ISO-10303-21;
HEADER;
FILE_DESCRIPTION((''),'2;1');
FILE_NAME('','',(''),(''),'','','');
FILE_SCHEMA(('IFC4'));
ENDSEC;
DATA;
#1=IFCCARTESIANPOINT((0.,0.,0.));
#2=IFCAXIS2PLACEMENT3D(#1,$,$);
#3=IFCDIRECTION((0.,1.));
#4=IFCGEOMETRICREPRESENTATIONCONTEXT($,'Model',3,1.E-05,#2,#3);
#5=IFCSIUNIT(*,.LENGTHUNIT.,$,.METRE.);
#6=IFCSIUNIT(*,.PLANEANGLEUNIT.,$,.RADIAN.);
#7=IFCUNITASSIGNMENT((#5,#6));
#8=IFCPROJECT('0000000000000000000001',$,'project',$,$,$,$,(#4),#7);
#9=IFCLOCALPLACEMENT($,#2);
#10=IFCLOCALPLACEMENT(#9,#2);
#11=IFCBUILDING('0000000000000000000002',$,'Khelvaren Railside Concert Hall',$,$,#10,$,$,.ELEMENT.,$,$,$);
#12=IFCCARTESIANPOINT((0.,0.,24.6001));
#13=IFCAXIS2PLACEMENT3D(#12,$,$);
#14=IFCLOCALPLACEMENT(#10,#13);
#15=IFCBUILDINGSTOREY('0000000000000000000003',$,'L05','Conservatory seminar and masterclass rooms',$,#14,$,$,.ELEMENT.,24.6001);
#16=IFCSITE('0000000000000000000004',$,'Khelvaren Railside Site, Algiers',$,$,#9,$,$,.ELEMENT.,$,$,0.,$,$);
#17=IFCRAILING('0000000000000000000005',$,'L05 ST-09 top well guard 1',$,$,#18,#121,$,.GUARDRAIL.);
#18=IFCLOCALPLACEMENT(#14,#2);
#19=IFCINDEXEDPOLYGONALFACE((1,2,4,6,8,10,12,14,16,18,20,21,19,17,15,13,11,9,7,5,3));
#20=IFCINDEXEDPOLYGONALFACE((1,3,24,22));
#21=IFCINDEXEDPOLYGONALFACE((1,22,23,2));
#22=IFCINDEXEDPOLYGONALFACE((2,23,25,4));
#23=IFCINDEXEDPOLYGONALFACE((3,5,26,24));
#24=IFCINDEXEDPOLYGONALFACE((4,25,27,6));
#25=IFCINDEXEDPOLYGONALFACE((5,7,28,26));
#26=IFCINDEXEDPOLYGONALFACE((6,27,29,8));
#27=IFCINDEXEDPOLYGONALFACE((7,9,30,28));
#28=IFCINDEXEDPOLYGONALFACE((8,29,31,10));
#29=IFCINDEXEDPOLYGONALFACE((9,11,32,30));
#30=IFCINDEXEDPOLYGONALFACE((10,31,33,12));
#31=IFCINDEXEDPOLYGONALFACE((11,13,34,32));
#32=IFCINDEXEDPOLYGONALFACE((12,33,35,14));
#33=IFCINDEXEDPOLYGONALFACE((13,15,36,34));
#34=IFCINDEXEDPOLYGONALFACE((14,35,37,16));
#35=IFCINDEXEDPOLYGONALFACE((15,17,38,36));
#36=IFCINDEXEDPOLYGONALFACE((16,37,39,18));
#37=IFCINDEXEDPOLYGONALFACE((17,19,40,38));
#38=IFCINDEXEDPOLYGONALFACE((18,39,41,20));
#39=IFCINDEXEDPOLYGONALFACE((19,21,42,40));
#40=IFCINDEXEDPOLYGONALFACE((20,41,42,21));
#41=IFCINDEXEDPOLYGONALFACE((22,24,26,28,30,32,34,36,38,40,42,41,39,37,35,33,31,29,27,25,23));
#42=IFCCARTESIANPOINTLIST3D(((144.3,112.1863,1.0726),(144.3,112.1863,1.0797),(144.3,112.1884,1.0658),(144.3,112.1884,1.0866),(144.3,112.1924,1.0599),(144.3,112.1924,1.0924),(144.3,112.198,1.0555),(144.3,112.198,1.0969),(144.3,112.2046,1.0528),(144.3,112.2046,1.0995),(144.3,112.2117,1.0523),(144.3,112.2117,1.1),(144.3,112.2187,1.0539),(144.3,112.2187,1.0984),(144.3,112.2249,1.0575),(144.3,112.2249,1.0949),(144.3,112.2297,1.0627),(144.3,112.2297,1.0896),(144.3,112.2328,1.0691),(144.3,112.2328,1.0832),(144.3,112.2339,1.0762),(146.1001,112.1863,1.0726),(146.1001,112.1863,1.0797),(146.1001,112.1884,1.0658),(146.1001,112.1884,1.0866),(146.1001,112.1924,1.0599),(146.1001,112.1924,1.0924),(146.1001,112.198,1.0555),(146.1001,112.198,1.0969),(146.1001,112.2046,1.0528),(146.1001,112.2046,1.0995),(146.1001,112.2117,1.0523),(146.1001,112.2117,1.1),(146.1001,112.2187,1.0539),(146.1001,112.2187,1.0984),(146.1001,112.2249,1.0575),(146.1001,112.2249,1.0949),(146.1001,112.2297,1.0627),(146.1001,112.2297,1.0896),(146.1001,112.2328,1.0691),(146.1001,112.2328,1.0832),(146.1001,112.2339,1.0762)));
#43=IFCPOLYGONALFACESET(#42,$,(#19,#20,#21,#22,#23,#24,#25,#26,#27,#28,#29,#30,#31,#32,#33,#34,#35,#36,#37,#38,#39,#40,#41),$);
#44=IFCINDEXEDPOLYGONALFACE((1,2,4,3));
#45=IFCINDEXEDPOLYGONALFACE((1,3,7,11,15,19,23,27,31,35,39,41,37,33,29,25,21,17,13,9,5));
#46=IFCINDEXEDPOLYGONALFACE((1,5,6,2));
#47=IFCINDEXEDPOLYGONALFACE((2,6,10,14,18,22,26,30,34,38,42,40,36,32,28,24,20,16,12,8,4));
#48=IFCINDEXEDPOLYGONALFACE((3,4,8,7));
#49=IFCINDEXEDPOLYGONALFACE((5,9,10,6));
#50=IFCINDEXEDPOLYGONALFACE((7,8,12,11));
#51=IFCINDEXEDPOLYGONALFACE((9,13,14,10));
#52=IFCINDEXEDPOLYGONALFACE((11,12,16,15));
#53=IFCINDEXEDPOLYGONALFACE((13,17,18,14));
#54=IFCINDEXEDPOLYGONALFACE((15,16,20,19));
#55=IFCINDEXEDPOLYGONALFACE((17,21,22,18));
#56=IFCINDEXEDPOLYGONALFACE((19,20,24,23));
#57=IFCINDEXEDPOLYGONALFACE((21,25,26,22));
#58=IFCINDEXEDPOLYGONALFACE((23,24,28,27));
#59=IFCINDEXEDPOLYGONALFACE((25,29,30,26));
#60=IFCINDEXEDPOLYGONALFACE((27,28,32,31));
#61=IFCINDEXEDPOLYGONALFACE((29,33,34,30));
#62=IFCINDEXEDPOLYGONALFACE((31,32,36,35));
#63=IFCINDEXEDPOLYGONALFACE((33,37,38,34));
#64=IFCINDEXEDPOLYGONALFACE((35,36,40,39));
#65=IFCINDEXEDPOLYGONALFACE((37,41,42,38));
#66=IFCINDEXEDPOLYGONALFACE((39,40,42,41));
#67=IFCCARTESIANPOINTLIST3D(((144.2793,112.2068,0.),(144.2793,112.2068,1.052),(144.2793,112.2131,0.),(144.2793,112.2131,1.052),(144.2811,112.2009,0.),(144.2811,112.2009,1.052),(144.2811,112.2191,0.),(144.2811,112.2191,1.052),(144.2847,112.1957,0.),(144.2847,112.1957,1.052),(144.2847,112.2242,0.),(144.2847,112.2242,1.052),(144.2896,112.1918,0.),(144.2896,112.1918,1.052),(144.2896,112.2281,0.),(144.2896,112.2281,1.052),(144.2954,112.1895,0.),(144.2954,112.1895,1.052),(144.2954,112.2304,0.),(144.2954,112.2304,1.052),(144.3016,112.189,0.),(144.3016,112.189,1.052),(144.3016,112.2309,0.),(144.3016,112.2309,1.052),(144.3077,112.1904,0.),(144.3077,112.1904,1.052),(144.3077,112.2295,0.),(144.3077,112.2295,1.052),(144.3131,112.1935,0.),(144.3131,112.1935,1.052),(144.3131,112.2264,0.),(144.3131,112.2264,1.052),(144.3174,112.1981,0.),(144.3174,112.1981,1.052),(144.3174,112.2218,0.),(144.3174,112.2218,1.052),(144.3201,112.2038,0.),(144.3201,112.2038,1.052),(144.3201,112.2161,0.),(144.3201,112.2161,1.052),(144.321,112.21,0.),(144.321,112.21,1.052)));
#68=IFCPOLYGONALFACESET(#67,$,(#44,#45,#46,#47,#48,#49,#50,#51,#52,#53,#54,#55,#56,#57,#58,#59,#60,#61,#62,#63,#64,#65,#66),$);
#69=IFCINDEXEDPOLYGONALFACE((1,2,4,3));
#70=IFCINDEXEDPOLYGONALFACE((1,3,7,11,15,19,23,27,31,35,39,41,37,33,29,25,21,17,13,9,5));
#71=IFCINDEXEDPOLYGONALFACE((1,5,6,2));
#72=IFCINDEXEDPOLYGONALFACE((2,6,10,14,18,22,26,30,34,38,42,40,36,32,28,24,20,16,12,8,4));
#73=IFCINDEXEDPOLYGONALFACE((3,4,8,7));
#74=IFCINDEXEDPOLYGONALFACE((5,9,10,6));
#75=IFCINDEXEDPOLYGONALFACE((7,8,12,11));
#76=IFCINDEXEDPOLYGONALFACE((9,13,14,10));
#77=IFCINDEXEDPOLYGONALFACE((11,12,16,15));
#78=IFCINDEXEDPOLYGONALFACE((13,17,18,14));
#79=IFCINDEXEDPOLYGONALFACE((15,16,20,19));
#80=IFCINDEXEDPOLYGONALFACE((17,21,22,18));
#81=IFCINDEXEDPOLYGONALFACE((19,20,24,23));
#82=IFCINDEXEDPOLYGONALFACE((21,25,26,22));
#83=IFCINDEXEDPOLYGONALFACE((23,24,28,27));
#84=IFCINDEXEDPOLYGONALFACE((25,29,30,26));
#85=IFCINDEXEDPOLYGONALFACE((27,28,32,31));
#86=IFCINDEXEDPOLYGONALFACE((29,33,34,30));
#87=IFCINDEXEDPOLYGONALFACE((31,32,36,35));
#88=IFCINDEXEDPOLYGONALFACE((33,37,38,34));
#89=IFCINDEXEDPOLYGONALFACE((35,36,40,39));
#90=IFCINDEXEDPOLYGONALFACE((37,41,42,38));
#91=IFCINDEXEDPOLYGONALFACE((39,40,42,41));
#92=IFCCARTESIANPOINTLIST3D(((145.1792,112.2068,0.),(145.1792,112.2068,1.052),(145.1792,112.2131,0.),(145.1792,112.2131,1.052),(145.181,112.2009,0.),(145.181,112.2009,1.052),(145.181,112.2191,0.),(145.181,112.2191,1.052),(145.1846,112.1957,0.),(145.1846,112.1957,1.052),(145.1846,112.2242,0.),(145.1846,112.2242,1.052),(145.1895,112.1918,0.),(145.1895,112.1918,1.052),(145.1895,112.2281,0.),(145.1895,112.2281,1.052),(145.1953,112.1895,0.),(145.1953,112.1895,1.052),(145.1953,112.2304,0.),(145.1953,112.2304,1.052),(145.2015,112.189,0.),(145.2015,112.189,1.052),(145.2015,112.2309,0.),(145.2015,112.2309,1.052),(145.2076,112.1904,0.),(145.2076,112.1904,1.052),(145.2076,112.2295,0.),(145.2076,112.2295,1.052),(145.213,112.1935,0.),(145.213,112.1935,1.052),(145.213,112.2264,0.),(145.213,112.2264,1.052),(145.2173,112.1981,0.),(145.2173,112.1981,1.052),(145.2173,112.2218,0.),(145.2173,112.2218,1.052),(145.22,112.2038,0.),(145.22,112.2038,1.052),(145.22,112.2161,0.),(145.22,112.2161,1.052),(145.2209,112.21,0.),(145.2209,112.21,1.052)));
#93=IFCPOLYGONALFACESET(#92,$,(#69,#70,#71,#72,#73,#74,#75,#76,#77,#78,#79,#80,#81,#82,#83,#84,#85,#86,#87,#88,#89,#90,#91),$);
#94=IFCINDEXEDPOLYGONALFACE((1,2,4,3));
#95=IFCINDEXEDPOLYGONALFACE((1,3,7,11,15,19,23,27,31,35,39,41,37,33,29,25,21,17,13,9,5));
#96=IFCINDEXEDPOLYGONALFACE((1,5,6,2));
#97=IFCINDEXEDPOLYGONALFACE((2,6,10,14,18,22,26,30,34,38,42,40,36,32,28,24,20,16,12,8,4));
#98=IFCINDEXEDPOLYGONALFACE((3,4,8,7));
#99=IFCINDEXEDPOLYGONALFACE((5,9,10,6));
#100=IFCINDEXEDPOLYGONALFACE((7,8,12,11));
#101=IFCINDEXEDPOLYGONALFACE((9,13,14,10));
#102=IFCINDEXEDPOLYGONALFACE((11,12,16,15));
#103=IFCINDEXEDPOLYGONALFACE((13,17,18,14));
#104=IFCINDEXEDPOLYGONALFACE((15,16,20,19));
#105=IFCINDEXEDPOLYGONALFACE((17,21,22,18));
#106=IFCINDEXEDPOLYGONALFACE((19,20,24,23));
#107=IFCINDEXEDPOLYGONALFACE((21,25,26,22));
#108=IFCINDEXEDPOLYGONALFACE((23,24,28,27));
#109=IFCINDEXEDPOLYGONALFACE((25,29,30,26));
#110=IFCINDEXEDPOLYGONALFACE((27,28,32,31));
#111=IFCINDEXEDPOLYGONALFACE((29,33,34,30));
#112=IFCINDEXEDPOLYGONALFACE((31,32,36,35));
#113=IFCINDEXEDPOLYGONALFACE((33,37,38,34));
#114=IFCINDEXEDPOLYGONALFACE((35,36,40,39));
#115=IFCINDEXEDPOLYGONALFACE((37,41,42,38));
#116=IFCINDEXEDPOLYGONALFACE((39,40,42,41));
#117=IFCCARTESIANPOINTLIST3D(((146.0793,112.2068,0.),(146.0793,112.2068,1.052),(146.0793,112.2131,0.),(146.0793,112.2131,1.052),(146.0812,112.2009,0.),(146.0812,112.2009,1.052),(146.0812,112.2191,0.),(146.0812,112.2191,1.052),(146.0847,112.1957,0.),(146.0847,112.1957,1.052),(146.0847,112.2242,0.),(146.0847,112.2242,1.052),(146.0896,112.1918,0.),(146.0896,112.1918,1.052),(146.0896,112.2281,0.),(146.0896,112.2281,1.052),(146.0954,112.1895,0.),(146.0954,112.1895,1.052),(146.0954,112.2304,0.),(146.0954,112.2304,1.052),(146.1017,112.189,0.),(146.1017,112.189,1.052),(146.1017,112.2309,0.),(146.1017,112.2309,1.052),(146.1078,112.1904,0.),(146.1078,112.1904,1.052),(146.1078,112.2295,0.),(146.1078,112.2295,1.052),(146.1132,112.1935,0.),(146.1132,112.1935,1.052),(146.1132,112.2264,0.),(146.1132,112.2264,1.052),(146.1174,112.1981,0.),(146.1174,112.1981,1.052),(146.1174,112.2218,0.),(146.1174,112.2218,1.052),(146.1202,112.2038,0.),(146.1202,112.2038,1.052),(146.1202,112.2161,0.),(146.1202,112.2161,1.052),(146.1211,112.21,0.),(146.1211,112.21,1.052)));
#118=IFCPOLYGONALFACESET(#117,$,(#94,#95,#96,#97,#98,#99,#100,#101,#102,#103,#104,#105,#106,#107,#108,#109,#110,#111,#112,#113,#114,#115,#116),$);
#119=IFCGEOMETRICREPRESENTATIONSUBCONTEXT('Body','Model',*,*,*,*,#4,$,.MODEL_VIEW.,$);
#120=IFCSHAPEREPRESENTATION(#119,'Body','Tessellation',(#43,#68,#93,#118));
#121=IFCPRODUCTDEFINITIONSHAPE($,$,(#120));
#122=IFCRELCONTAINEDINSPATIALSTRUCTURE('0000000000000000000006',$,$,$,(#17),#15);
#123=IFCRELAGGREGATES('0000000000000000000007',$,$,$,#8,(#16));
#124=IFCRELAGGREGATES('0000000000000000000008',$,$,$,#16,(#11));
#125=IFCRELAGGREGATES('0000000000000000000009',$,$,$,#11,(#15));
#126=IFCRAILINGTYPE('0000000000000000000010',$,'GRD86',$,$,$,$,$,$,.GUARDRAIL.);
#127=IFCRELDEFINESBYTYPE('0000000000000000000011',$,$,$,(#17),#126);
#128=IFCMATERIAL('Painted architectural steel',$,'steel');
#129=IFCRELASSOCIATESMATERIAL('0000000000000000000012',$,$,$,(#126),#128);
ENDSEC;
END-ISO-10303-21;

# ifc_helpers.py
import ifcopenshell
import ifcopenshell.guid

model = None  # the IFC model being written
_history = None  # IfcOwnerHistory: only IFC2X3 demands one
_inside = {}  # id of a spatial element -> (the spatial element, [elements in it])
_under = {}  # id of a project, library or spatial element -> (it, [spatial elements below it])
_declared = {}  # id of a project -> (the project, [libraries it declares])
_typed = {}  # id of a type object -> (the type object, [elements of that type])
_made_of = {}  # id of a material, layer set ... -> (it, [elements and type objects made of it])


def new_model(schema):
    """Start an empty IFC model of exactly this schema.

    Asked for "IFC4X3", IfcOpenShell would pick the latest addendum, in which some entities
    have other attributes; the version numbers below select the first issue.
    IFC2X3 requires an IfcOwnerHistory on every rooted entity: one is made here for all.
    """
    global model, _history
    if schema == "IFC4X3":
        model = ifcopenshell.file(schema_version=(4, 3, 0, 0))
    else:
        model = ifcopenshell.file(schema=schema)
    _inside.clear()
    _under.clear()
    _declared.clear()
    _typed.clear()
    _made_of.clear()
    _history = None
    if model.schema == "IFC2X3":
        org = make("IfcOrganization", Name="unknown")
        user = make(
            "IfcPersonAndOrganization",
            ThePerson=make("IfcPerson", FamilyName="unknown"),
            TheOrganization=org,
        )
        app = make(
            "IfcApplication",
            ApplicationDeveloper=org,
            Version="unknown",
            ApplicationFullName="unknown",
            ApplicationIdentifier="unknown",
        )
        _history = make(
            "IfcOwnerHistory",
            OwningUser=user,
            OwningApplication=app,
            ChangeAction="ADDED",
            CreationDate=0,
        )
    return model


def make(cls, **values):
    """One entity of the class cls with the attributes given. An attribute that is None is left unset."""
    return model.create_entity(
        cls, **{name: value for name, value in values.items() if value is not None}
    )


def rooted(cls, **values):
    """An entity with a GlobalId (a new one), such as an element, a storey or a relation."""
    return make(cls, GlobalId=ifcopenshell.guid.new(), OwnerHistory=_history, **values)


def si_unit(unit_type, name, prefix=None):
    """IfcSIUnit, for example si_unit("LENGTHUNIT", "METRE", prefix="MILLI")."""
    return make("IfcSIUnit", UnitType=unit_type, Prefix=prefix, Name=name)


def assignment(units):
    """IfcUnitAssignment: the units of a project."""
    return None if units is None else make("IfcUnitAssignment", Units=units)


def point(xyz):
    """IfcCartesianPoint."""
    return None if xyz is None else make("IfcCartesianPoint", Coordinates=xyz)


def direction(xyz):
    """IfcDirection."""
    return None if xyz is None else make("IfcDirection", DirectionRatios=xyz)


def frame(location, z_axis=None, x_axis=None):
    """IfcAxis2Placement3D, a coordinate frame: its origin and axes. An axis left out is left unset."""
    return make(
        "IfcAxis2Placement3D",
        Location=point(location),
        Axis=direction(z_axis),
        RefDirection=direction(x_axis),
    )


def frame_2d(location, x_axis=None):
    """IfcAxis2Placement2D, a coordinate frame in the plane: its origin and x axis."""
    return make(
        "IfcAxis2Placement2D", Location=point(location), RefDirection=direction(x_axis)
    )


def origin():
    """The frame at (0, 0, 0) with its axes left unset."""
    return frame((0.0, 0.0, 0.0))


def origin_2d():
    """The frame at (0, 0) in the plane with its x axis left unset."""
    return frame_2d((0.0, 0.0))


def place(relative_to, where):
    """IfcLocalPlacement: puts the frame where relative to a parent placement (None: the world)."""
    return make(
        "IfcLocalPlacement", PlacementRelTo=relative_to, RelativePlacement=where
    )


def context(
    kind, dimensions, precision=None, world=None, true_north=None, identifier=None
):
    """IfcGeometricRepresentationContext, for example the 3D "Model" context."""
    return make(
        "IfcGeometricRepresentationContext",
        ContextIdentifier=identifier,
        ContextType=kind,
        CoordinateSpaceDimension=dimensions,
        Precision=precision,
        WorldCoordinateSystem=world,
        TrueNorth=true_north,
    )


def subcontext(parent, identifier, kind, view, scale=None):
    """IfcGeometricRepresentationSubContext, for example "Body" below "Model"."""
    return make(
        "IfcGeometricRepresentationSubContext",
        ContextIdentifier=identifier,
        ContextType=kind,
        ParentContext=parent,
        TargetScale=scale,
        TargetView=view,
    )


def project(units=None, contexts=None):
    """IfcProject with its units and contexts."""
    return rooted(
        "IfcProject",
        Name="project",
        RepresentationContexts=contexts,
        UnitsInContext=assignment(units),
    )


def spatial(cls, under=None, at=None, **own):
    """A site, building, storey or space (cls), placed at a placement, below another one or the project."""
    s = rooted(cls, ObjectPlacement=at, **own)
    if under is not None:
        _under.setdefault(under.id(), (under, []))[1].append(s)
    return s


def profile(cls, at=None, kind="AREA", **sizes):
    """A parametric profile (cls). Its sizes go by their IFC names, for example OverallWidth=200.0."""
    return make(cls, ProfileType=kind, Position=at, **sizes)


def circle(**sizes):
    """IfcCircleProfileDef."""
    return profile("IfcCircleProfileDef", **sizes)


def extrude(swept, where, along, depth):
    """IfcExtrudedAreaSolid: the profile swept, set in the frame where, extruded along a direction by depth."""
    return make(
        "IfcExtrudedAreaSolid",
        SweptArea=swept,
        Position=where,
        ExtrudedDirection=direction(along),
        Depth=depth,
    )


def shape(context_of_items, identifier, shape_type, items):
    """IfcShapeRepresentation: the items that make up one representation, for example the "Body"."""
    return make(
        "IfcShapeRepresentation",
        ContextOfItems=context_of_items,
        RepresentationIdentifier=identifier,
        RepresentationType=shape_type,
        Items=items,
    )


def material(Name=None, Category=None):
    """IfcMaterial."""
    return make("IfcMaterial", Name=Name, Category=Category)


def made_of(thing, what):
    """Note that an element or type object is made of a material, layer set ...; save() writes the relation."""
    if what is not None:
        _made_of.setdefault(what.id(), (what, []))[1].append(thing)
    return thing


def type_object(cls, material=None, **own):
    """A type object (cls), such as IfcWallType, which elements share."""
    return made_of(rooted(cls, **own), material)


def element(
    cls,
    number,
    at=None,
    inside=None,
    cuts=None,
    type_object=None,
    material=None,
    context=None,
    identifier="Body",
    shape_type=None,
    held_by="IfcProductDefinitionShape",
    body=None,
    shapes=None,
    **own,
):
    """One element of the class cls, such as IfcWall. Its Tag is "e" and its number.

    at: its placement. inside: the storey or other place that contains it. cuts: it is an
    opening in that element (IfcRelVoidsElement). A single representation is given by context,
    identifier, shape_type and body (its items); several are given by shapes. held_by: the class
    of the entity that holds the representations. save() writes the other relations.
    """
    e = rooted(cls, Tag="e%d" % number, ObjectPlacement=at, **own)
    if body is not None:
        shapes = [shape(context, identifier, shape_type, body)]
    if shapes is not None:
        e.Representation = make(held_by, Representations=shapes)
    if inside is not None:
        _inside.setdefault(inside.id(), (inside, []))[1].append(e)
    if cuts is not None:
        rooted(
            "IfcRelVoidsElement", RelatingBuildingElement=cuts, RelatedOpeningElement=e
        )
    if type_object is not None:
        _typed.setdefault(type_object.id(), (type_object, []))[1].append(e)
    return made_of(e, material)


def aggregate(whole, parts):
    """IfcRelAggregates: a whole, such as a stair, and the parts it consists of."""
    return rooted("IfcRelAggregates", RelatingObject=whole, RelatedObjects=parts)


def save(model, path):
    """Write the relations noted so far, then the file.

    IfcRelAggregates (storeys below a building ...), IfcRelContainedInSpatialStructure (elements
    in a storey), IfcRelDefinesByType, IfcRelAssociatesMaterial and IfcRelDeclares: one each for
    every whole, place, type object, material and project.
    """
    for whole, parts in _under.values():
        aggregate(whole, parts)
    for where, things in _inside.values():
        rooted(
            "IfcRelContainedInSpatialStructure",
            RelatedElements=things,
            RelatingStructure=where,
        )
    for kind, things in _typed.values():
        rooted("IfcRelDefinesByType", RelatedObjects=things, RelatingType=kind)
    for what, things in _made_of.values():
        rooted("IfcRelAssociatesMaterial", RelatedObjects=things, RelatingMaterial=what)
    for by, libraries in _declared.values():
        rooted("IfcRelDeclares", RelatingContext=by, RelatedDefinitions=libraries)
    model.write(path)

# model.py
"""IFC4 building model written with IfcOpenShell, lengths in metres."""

from ifc_helpers import new_model, si_unit, direction, frame, origin, origin_2d, place, context, subcontext, project, spatial, circle, extrude, material, type_object, element, save


model = new_model("IFC4")

# Units and contexts
model_context = context("Model", 3, precision=1e-05, world=origin(), true_north=direction((0.0, 1.0)))
body_context = subcontext(model_context, "Body", "Model", "MODEL_VIEW")
ifc_project = project(units=[si_unit("LENGTHUNIT", "METRE"), si_unit("PLANEANGLEUNIT", "RADIAN")], contexts=[model_context])

# Site, building, storey
site_placement = place(None, origin())
site = spatial("IfcSite", under=ifc_project, at=site_placement, Name="Khelvaren Railside Site, Algiers", CompositionType="ELEMENT", RefElevation=0.0)
building_placement = place(site_placement, origin())
building = spatial("IfcBuilding", under=site, at=building_placement, Name="Khelvaren Railside Concert Hall", CompositionType="ELEMENT")
storey_placement = place(building_placement, frame((0.0, 0.0, 24.6001)))
storey = spatial("IfcBuildingStorey", under=building, at=storey_placement, Name="L05", Description="Conservatory seminar and masterclass rooms", CompositionType="ELEMENT", Elevation=24.6001)

# Railing
ifc_material_1 = material(Name="Painted architectural steel", Category="steel")
railing_type = type_object("IfcRailingType", Name="GRD86", PredefinedType="GUARDRAIL", material=ifc_material_1)
railing_1_placement = place(storey_placement, frame((144.3, 112.21, 0.0)))
element("IfcRailing", 1, at=railing_1_placement, inside=storey, type_object=railing_type, Name="L05 ST-09 top well guard 1", PredefinedType="GUARDRAIL", context=body_context, shape_type="SweptSolid", body=[
    extrude(circle(Radius=0.0239, at=origin_2d()), frame((0.0, 0.0, 1.0762), z_axis=(1.0, 0.0, 0.0), x_axis=(0.0, 1.0, 0.0)), (0.0, 0.0, 1.0), 1.8),
    extrude(circle(Radius=0.021, at=origin_2d()), origin(), (0.0, 0.0, 1.0), 1.052),
    extrude(circle(Radius=0.021, at=origin_2d()), frame((0.8999, 0.0, 0.0)), (0.0, 0.0, 1.0), 1.052),
    extrude(circle(Radius=0.021, at=origin_2d()), frame((1.8, 0.0, 0.0)), (0.0, 0.0, 1.0), 1.052),
])

save(model, "model.ifc")
